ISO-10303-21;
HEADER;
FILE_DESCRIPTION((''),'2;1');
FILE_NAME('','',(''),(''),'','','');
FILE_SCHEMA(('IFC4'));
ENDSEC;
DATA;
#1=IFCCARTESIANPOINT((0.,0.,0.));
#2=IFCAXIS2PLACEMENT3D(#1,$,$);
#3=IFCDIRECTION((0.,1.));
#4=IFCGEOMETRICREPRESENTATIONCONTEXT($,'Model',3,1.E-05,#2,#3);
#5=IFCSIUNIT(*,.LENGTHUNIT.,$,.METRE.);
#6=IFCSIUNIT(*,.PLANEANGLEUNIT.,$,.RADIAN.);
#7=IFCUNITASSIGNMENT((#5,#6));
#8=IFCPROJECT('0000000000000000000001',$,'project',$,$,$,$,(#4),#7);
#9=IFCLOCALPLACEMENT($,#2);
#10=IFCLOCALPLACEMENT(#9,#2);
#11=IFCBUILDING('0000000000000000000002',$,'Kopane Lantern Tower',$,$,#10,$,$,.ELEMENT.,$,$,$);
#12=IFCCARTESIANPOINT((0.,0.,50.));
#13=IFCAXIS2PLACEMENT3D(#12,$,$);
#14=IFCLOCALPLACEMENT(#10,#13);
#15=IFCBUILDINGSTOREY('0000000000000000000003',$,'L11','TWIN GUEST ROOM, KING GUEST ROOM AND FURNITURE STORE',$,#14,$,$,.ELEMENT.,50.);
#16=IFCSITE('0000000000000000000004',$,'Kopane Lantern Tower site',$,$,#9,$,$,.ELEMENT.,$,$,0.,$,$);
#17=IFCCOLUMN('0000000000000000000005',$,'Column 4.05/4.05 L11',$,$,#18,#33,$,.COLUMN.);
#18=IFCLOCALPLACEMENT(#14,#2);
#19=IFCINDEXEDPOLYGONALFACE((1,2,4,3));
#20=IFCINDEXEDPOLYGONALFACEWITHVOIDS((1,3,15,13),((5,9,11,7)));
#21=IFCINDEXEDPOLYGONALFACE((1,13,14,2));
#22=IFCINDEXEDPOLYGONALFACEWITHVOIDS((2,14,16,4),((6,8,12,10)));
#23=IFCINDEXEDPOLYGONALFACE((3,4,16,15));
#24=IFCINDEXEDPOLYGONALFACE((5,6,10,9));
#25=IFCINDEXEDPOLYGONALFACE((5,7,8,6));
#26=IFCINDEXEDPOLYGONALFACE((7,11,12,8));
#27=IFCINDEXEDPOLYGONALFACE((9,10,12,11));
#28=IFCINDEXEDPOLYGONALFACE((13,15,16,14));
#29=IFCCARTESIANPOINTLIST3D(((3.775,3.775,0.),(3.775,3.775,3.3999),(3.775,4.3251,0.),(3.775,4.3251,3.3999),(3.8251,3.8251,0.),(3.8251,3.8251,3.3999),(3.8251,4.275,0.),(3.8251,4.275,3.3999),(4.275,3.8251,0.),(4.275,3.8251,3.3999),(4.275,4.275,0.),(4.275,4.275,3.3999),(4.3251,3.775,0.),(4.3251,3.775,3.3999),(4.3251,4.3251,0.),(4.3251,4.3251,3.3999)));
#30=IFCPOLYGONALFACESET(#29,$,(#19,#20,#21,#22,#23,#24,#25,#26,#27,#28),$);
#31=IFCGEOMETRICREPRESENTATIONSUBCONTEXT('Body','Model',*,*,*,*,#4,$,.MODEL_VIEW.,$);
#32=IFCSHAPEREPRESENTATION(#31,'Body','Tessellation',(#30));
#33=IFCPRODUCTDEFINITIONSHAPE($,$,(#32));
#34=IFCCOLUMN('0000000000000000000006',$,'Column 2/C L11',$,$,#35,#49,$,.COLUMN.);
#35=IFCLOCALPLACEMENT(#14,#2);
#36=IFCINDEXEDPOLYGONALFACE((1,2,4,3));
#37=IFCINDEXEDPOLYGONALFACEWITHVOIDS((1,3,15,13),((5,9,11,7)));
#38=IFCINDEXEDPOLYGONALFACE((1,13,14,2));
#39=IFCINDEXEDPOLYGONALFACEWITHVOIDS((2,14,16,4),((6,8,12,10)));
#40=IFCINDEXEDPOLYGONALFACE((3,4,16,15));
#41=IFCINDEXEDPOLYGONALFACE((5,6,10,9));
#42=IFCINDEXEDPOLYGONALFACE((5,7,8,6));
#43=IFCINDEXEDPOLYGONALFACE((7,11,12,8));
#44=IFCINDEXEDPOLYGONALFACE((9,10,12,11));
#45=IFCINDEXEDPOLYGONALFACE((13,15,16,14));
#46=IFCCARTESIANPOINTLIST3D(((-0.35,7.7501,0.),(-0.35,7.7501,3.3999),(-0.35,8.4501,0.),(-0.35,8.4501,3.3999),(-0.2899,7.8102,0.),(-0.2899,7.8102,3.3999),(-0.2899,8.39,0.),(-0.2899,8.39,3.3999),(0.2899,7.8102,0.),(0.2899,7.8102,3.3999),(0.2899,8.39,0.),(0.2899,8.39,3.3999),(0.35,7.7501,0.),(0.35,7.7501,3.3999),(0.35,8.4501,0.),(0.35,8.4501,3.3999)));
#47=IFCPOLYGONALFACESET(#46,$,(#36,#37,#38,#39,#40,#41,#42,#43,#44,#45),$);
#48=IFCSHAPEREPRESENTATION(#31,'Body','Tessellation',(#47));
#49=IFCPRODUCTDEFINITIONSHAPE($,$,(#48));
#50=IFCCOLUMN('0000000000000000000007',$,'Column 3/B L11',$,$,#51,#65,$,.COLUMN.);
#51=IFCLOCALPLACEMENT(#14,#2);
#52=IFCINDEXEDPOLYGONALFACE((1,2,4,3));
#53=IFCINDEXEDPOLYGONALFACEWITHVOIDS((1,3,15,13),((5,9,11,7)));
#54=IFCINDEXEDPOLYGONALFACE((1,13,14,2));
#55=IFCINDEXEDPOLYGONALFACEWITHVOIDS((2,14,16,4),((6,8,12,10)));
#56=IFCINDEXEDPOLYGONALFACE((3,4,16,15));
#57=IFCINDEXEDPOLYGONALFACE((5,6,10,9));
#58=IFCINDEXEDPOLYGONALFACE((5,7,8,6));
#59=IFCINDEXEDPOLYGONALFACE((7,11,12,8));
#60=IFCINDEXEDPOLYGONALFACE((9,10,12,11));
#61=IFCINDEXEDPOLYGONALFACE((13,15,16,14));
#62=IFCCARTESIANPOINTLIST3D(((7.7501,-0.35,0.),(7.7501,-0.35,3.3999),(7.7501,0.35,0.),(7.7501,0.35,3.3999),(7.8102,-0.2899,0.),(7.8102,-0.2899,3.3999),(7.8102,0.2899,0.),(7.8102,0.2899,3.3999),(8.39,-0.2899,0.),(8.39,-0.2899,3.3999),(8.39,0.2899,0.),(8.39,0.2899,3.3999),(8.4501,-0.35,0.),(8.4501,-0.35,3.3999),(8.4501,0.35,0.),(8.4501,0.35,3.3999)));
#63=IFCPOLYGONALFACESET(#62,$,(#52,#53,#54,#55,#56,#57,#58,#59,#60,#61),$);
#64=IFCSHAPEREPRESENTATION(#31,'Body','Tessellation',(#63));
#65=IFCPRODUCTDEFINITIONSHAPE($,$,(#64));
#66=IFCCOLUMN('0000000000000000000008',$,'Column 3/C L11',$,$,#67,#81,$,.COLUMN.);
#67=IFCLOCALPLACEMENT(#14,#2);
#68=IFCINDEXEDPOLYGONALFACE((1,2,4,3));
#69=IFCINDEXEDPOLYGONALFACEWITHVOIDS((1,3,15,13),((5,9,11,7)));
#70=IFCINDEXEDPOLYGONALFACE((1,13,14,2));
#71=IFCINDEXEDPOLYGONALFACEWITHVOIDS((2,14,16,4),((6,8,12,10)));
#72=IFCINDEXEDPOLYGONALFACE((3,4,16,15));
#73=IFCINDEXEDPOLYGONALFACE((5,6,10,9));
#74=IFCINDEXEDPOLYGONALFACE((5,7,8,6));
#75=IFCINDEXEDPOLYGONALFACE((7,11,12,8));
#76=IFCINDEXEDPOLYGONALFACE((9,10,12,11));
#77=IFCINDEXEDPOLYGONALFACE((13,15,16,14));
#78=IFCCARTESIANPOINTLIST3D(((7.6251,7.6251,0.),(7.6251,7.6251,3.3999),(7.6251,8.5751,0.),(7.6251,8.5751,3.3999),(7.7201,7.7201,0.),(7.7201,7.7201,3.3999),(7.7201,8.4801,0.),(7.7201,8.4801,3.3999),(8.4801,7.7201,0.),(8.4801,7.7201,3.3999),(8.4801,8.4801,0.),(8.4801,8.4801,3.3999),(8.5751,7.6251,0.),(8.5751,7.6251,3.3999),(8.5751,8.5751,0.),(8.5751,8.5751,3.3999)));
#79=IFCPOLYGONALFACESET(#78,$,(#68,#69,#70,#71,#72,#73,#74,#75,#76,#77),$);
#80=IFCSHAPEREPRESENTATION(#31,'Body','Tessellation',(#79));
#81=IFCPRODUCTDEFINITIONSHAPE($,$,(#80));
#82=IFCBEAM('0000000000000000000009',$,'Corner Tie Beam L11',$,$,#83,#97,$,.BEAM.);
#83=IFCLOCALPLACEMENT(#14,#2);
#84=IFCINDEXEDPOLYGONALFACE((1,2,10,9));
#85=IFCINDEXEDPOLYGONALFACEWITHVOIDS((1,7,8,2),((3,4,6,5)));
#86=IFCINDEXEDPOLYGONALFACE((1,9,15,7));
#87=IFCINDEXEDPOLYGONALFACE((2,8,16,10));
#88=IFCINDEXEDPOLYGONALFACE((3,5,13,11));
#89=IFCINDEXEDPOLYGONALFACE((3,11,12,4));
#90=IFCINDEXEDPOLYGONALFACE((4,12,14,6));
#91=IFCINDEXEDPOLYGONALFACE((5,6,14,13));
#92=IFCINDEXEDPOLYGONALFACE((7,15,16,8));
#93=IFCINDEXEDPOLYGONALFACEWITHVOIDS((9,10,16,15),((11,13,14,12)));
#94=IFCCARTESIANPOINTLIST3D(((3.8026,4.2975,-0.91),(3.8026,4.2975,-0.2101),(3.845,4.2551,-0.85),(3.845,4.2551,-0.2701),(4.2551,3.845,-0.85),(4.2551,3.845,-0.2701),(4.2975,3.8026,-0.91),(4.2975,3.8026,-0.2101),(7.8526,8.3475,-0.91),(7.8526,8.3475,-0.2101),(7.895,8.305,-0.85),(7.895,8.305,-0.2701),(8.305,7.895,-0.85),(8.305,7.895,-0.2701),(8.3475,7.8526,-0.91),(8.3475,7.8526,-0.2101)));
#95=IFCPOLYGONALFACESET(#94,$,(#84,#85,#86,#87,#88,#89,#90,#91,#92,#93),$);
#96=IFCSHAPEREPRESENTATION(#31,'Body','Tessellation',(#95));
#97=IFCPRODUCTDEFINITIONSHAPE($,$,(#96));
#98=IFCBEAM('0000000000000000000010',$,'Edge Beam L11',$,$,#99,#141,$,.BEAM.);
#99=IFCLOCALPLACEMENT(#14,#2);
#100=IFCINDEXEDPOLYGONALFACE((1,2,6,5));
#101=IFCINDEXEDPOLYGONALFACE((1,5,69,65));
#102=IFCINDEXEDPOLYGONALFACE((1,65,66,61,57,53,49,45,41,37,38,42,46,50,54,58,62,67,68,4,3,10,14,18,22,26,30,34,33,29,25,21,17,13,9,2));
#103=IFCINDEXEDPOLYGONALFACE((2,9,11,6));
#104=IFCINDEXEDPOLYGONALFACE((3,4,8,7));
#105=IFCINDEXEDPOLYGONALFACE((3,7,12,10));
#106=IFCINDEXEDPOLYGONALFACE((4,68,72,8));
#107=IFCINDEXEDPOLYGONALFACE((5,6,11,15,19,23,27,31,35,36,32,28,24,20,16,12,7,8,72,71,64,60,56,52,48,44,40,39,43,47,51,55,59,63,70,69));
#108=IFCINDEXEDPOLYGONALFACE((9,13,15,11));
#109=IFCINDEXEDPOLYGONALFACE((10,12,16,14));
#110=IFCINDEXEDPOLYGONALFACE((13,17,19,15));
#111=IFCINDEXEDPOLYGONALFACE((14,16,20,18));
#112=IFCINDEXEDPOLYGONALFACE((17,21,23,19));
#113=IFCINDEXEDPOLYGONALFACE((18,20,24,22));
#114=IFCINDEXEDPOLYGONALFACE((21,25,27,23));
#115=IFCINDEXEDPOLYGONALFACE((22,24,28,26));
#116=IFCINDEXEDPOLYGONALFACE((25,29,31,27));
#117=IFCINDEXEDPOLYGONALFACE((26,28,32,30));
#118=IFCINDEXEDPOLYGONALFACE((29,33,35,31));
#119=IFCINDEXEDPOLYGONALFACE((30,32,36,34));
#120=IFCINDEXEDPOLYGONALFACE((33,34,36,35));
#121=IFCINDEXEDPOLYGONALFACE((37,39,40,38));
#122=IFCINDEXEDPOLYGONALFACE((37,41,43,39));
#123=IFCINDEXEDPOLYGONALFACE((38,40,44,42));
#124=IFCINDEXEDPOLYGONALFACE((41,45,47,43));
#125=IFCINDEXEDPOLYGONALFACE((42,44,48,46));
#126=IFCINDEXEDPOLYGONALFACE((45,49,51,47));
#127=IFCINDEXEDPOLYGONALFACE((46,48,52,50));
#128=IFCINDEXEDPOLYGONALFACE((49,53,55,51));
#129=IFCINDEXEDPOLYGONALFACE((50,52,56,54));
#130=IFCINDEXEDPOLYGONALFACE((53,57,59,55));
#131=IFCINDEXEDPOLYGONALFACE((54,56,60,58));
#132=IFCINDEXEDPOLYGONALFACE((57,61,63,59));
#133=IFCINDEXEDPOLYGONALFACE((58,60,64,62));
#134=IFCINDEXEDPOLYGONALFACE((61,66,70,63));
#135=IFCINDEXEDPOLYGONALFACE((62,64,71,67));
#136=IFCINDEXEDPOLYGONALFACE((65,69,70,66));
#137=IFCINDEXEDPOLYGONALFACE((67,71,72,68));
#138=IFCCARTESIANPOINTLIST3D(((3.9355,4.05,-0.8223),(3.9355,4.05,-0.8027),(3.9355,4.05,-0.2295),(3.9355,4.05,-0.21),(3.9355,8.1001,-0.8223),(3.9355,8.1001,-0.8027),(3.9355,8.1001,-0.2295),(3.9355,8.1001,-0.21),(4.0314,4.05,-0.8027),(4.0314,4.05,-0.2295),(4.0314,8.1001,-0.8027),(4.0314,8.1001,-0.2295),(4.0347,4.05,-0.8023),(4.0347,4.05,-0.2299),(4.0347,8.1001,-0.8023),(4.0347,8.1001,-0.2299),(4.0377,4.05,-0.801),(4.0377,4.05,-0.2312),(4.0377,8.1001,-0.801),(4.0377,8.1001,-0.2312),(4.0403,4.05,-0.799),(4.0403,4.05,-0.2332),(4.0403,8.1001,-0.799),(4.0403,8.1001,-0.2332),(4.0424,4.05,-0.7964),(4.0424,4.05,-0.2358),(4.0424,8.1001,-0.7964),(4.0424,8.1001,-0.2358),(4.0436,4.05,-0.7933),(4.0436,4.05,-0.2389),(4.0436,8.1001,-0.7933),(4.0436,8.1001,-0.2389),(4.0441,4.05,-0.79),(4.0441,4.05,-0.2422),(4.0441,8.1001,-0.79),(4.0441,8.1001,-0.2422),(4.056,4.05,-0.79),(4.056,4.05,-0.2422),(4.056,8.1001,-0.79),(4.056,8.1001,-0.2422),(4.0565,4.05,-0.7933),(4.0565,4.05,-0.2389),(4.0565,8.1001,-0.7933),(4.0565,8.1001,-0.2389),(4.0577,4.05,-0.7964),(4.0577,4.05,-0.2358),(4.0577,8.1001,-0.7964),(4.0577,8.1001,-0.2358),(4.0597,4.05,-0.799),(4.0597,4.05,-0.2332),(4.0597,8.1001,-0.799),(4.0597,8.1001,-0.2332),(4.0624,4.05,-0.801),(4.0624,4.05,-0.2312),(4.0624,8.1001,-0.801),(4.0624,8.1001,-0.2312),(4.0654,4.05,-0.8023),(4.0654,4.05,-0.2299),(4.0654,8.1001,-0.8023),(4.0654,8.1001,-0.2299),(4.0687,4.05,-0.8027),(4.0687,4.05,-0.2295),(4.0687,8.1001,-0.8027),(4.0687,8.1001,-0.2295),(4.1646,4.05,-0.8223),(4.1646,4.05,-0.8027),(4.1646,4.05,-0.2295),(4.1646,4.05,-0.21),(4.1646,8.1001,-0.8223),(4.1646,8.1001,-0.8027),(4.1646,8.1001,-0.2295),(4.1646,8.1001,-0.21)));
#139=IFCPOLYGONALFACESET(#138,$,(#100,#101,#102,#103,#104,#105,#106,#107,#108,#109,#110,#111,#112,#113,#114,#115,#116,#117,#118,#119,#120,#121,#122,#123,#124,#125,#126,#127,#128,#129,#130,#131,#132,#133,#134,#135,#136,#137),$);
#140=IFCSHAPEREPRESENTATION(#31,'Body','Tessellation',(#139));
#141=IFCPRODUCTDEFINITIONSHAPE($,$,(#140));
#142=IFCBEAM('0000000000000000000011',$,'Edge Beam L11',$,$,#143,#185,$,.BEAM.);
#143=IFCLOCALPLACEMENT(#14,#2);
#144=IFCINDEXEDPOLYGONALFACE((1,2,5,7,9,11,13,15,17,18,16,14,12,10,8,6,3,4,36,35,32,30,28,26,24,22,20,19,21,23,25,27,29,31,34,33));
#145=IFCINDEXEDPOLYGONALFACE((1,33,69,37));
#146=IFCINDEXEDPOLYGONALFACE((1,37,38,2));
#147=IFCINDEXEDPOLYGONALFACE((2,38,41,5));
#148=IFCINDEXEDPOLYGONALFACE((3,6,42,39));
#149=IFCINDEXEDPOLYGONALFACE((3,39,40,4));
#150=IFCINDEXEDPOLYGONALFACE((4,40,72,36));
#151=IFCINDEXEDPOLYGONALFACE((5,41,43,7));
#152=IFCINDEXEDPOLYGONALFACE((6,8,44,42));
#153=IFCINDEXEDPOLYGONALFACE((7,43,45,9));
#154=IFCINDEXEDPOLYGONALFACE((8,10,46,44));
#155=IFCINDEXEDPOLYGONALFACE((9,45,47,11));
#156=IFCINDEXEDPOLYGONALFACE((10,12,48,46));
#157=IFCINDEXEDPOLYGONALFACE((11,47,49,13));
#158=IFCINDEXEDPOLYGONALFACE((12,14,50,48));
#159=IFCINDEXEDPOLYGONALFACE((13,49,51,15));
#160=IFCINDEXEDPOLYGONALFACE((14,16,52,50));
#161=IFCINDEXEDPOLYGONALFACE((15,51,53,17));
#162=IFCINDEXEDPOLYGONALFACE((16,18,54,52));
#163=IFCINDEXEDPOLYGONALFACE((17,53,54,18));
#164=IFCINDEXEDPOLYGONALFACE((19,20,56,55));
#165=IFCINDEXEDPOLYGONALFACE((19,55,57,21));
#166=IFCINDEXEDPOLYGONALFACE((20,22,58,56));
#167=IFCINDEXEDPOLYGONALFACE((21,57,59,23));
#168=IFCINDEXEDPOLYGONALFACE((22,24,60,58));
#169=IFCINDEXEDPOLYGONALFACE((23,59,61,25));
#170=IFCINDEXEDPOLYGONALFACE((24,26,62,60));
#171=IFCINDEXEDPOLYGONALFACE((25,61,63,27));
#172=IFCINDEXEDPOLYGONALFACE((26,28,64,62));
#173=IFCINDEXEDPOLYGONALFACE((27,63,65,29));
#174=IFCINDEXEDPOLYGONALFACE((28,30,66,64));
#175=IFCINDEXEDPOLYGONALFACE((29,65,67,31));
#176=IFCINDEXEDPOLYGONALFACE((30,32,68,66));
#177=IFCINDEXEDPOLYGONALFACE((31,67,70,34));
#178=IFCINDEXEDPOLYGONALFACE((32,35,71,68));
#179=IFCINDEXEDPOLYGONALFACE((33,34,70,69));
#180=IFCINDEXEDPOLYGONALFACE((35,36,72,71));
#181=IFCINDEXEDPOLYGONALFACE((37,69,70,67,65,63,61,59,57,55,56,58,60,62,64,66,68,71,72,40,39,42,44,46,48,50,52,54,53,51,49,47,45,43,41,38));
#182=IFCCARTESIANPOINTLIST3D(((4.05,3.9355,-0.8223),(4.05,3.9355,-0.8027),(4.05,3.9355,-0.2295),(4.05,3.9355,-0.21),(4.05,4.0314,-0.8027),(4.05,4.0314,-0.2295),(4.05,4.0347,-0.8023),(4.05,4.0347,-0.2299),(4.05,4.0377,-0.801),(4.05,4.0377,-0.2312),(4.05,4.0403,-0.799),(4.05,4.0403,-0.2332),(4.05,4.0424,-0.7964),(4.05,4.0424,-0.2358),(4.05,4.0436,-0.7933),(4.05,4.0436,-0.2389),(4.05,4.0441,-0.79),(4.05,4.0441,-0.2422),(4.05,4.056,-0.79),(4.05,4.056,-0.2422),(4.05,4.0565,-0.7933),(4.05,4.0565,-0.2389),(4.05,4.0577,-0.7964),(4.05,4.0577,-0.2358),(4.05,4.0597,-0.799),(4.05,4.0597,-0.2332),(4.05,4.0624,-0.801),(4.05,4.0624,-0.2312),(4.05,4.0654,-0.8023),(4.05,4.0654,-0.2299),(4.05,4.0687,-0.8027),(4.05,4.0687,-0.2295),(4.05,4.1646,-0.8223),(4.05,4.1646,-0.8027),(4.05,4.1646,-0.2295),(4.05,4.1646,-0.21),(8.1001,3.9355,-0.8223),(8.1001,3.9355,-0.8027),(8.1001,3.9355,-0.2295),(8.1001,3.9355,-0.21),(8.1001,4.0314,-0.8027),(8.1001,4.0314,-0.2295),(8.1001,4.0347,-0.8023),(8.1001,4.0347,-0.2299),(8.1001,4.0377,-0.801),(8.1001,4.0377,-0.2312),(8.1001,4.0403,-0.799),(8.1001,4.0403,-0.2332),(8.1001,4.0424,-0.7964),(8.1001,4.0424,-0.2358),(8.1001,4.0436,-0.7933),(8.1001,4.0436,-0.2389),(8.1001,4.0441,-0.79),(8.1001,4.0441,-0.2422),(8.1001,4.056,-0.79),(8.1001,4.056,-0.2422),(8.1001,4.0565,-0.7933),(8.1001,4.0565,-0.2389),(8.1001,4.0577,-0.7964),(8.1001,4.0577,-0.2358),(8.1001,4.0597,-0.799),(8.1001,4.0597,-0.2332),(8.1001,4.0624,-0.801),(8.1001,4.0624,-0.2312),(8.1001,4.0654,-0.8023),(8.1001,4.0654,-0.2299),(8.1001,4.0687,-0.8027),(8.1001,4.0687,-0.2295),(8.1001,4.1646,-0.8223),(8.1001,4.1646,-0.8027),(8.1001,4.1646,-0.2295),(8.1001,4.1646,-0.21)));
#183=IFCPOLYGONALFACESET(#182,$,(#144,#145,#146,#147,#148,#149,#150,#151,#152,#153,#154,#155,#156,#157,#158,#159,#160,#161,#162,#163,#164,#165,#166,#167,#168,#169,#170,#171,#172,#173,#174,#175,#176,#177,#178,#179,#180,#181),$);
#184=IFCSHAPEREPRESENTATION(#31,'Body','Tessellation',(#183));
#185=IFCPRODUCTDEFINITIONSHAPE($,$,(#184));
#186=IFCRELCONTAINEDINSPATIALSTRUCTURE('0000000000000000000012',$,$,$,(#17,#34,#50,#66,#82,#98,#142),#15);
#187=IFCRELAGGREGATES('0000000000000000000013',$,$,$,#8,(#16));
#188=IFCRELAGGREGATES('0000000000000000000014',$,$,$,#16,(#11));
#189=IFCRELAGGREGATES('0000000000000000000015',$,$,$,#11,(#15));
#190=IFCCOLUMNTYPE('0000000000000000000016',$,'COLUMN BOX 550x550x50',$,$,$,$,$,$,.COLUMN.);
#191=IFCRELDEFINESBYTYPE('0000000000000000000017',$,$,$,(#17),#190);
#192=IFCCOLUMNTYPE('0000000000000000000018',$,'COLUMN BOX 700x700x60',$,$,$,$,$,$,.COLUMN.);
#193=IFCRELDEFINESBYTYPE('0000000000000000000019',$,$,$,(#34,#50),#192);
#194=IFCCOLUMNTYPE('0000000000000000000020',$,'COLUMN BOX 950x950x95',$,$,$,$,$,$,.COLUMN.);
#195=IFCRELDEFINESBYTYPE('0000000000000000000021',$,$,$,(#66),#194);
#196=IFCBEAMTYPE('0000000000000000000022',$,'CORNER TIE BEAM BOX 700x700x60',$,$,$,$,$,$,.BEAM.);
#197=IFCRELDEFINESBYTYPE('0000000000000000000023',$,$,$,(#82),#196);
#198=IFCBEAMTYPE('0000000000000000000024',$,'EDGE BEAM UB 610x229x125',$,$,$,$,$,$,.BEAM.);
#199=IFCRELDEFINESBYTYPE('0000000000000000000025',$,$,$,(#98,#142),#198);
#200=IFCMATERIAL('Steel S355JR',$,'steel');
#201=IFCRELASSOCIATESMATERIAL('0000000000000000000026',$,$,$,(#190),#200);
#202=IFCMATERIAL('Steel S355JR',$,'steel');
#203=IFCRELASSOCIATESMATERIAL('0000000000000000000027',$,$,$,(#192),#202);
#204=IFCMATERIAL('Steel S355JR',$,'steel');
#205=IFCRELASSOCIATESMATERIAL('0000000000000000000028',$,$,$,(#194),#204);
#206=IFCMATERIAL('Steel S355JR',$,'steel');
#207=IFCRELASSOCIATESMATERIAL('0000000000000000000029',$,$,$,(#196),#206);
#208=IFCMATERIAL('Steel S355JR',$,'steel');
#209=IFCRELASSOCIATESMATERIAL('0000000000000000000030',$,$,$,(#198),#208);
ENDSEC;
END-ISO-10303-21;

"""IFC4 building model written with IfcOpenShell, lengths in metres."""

from ifc_helpers import new_model, si_unit, direction, frame, origin, origin_2d, place, context, subcontext, project, spatial, hollow_rectangle, i_section, extrude, material, material_profile, profile_set, type_object, element, save


model = new_model("IFC4")

# Units and contexts
model_context = context("Model", 3, precision=1e-05, world=origin(), true_north=direction((0.0, 1.0)))
body_context = subcontext(model_context, "Body", "Model", "MODEL_VIEW")
ifc_project = project(units=[si_unit("LENGTHUNIT", "METRE"), si_unit("PLANEANGLEUNIT", "RADIAN")], contexts=[model_context])

# Site, building, storey
site_placement = place(None, origin())
site = spatial("IfcSite", under=ifc_project, at=site_placement, Name="Kopane Lantern Tower site", CompositionType="ELEMENT", RefElevation=0.0)
building_placement = place(site_placement, origin())
building = spatial("IfcBuilding", under=site, at=building_placement, Name="Kopane Lantern Tower", CompositionType="ELEMENT")
storey_placement = place(building_placement, frame((0.0, 0.0, 50.0)))
storey = spatial("IfcBuildingStorey", under=building, at=storey_placement, Name="L11", Description="TWIN GUEST ROOM, KING GUEST ROOM AND FURNITURE STORE", CompositionType="ELEMENT", Elevation=50.0)

# Columns
ifc_material_1 = material(Name="Steel S355JR", Category="steel")
ifc_material_profile_1 = material_profile(ifc_material_1, hollow_rectangle(XDim=0.55, YDim=0.55, WallThickness=0.05, at=origin_2d()), Name="BOX 550x550x50")
ifc_profile_set_1 = profile_set([ifc_material_profile_1], Name="Steel S355JR")
column_type_1 = type_object("IfcColumnType", Name="COLUMN BOX 550x550x50", PredefinedType="COLUMN", material=ifc_profile_set_1)
column_1_placement = place(storey_placement, frame((4.05, 4.05, 0.0), z_axis=(0.0, 0.0, 1.0), x_axis=(1.0, 0.0, 0.0)))
element("IfcColumn", 1, at=column_1_placement, inside=storey, type_object=column_type_1, Name="Column 4.05/4.05 L11", PredefinedType="COLUMN", context=body_context, shape_type="SweptSolid", body=[
    extrude(hollow_rectangle(XDim=0.55, YDim=0.55, WallThickness=0.05, at=origin_2d()), origin(), (0.0, 0.0, 1.0), 3.3999),
])
ifc_material_2 = material(Name="Steel S355JR", Category="steel")
ifc_material_profile_2 = material_profile(ifc_material_2, hollow_rectangle(XDim=0.7, YDim=0.7, WallThickness=0.0601, at=origin_2d()), Name="BOX 700x700x60")
ifc_profile_set_2 = profile_set([ifc_material_profile_2], Name="Steel S355JR")
column_type_2 = type_object("IfcColumnType", Name="COLUMN BOX 700x700x60", PredefinedType="COLUMN", material=ifc_profile_set_2)
for number, where, z_axis, x_axis, name in (
    (2, (0.0, 8.1001, 0.0), (0.0, 0.0, 1.0), (1.0, 0.0, 0.0), "Column 2/C L11"),
    (3, (8.1001, 0.0, 0.0), (0.0, 0.0, 1.0), (1.0, 0.0, 0.0), "Column 3/B L11"),
):
    element("IfcColumn", number, at=place(storey_placement, frame(where, z_axis=z_axis, x_axis=x_axis)), inside=storey, type_object=column_type_2, Name=name, PredefinedType="COLUMN", context=body_context, shape_type="SweptSolid", body=[
        extrude(hollow_rectangle(XDim=0.7, YDim=0.7, WallThickness=0.0601, at=origin_2d()), origin(), (0.0, 0.0, 1.0), 3.3999),
    ])
ifc_material_3 = material(Name="Steel S355JR", Category="steel")
ifc_material_profile_3 = material_profile(ifc_material_3, hollow_rectangle(XDim=0.95, YDim=0.95, WallThickness=0.095, at=origin_2d()), Name="BOX 950x950x95")
ifc_profile_set_3 = profile_set([ifc_material_profile_3], Name="Steel S355JR")
column_type_3 = type_object("IfcColumnType", Name="COLUMN BOX 950x950x95", PredefinedType="COLUMN", material=ifc_profile_set_3)
column_2_placement = place(storey_placement, frame((8.1001, 8.1001, 0.0), z_axis=(0.0, 0.0, 1.0), x_axis=(1.0, 0.0, 0.0)))
element("IfcColumn", 4, at=column_2_placement, inside=storey, type_object=column_type_3, Name="Column 3/C L11", PredefinedType="COLUMN", context=body_context, shape_type="SweptSolid", body=[
    extrude(hollow_rectangle(XDim=0.95, YDim=0.95, WallThickness=0.095, at=origin_2d()), origin(), (0.0, 0.0, 1.0), 3.3999),
])

# Beams
ifc_material_4 = material(Name="Steel S355JR", Category="steel")
ifc_material_profile_4 = material_profile(ifc_material_4, hollow_rectangle(XDim=0.7, YDim=0.7, WallThickness=0.0601, at=origin_2d()), Name="BOX 700x700x60")
ifc_profile_set_4 = profile_set([ifc_material_profile_4], Name="Steel S355JR")
beam_type_1 = type_object("IfcBeamType", Name="CORNER TIE BEAM BOX 700x700x60", PredefinedType="BEAM", material=ifc_profile_set_4)
beam_1_placement = place(storey_placement, frame((4.05, 4.05, -0.5601), z_axis=(0.707107, 0.707107, 0.0), x_axis=(-0.707107, 0.707107, 0.0)))
element("IfcBeam", 5, at=beam_1_placement, inside=storey, type_object=beam_type_1, Name="Corner Tie Beam L11", PredefinedType="BEAM", context=body_context, shape_type="SweptSolid", body=[
    extrude(hollow_rectangle(XDim=0.7, YDim=0.7, WallThickness=0.0601, at=origin_2d()), origin(), (0.0, 0.0, 1.0), 5.7275),
])
ifc_material_5 = material(Name="Steel S355JR", Category="steel")
ifc_material_profile_5 = material_profile(ifc_material_5, i_section(OverallWidth=0.229, OverallDepth=0.6123, WebThickness=0.012, FlangeThickness=0.0195, FilletRadius=0.0127, at=origin_2d()), Name="UB 610x229x125")
ifc_profile_set_5 = profile_set([ifc_material_profile_5], Name="Steel S355JR")
beam_type_2 = type_object("IfcBeamType", Name="EDGE BEAM UB 610x229x125", PredefinedType="BEAM", material=ifc_profile_set_5)
for number, where, z_axis, x_axis, name in (
    (6, (4.05, 4.05, -0.5161), (0.0, 1.0, 0.0), (-1.0, 0.0, 0.0), "Edge Beam L11"),
    (7, (4.05, 4.05, -0.5161), (1.0, 0.0, 0.0), (0.0, 1.0, 0.0), "Edge Beam L11"),
):
    element("IfcBeam", number, at=place(storey_placement, frame(where, z_axis=z_axis, x_axis=x_axis)), inside=storey, type_object=beam_type_2, Name=name, PredefinedType="BEAM", context=body_context, shape_type="SweptSolid", body=[
        extrude(i_section(OverallWidth=0.229, OverallDepth=0.6123, WebThickness=0.012, FlangeThickness=0.0195, FilletRadius=0.0127, at=origin_2d()), origin(), (0.0, 0.0, 1.0), 4.05),
    ])

save(model, "model.ifc")
